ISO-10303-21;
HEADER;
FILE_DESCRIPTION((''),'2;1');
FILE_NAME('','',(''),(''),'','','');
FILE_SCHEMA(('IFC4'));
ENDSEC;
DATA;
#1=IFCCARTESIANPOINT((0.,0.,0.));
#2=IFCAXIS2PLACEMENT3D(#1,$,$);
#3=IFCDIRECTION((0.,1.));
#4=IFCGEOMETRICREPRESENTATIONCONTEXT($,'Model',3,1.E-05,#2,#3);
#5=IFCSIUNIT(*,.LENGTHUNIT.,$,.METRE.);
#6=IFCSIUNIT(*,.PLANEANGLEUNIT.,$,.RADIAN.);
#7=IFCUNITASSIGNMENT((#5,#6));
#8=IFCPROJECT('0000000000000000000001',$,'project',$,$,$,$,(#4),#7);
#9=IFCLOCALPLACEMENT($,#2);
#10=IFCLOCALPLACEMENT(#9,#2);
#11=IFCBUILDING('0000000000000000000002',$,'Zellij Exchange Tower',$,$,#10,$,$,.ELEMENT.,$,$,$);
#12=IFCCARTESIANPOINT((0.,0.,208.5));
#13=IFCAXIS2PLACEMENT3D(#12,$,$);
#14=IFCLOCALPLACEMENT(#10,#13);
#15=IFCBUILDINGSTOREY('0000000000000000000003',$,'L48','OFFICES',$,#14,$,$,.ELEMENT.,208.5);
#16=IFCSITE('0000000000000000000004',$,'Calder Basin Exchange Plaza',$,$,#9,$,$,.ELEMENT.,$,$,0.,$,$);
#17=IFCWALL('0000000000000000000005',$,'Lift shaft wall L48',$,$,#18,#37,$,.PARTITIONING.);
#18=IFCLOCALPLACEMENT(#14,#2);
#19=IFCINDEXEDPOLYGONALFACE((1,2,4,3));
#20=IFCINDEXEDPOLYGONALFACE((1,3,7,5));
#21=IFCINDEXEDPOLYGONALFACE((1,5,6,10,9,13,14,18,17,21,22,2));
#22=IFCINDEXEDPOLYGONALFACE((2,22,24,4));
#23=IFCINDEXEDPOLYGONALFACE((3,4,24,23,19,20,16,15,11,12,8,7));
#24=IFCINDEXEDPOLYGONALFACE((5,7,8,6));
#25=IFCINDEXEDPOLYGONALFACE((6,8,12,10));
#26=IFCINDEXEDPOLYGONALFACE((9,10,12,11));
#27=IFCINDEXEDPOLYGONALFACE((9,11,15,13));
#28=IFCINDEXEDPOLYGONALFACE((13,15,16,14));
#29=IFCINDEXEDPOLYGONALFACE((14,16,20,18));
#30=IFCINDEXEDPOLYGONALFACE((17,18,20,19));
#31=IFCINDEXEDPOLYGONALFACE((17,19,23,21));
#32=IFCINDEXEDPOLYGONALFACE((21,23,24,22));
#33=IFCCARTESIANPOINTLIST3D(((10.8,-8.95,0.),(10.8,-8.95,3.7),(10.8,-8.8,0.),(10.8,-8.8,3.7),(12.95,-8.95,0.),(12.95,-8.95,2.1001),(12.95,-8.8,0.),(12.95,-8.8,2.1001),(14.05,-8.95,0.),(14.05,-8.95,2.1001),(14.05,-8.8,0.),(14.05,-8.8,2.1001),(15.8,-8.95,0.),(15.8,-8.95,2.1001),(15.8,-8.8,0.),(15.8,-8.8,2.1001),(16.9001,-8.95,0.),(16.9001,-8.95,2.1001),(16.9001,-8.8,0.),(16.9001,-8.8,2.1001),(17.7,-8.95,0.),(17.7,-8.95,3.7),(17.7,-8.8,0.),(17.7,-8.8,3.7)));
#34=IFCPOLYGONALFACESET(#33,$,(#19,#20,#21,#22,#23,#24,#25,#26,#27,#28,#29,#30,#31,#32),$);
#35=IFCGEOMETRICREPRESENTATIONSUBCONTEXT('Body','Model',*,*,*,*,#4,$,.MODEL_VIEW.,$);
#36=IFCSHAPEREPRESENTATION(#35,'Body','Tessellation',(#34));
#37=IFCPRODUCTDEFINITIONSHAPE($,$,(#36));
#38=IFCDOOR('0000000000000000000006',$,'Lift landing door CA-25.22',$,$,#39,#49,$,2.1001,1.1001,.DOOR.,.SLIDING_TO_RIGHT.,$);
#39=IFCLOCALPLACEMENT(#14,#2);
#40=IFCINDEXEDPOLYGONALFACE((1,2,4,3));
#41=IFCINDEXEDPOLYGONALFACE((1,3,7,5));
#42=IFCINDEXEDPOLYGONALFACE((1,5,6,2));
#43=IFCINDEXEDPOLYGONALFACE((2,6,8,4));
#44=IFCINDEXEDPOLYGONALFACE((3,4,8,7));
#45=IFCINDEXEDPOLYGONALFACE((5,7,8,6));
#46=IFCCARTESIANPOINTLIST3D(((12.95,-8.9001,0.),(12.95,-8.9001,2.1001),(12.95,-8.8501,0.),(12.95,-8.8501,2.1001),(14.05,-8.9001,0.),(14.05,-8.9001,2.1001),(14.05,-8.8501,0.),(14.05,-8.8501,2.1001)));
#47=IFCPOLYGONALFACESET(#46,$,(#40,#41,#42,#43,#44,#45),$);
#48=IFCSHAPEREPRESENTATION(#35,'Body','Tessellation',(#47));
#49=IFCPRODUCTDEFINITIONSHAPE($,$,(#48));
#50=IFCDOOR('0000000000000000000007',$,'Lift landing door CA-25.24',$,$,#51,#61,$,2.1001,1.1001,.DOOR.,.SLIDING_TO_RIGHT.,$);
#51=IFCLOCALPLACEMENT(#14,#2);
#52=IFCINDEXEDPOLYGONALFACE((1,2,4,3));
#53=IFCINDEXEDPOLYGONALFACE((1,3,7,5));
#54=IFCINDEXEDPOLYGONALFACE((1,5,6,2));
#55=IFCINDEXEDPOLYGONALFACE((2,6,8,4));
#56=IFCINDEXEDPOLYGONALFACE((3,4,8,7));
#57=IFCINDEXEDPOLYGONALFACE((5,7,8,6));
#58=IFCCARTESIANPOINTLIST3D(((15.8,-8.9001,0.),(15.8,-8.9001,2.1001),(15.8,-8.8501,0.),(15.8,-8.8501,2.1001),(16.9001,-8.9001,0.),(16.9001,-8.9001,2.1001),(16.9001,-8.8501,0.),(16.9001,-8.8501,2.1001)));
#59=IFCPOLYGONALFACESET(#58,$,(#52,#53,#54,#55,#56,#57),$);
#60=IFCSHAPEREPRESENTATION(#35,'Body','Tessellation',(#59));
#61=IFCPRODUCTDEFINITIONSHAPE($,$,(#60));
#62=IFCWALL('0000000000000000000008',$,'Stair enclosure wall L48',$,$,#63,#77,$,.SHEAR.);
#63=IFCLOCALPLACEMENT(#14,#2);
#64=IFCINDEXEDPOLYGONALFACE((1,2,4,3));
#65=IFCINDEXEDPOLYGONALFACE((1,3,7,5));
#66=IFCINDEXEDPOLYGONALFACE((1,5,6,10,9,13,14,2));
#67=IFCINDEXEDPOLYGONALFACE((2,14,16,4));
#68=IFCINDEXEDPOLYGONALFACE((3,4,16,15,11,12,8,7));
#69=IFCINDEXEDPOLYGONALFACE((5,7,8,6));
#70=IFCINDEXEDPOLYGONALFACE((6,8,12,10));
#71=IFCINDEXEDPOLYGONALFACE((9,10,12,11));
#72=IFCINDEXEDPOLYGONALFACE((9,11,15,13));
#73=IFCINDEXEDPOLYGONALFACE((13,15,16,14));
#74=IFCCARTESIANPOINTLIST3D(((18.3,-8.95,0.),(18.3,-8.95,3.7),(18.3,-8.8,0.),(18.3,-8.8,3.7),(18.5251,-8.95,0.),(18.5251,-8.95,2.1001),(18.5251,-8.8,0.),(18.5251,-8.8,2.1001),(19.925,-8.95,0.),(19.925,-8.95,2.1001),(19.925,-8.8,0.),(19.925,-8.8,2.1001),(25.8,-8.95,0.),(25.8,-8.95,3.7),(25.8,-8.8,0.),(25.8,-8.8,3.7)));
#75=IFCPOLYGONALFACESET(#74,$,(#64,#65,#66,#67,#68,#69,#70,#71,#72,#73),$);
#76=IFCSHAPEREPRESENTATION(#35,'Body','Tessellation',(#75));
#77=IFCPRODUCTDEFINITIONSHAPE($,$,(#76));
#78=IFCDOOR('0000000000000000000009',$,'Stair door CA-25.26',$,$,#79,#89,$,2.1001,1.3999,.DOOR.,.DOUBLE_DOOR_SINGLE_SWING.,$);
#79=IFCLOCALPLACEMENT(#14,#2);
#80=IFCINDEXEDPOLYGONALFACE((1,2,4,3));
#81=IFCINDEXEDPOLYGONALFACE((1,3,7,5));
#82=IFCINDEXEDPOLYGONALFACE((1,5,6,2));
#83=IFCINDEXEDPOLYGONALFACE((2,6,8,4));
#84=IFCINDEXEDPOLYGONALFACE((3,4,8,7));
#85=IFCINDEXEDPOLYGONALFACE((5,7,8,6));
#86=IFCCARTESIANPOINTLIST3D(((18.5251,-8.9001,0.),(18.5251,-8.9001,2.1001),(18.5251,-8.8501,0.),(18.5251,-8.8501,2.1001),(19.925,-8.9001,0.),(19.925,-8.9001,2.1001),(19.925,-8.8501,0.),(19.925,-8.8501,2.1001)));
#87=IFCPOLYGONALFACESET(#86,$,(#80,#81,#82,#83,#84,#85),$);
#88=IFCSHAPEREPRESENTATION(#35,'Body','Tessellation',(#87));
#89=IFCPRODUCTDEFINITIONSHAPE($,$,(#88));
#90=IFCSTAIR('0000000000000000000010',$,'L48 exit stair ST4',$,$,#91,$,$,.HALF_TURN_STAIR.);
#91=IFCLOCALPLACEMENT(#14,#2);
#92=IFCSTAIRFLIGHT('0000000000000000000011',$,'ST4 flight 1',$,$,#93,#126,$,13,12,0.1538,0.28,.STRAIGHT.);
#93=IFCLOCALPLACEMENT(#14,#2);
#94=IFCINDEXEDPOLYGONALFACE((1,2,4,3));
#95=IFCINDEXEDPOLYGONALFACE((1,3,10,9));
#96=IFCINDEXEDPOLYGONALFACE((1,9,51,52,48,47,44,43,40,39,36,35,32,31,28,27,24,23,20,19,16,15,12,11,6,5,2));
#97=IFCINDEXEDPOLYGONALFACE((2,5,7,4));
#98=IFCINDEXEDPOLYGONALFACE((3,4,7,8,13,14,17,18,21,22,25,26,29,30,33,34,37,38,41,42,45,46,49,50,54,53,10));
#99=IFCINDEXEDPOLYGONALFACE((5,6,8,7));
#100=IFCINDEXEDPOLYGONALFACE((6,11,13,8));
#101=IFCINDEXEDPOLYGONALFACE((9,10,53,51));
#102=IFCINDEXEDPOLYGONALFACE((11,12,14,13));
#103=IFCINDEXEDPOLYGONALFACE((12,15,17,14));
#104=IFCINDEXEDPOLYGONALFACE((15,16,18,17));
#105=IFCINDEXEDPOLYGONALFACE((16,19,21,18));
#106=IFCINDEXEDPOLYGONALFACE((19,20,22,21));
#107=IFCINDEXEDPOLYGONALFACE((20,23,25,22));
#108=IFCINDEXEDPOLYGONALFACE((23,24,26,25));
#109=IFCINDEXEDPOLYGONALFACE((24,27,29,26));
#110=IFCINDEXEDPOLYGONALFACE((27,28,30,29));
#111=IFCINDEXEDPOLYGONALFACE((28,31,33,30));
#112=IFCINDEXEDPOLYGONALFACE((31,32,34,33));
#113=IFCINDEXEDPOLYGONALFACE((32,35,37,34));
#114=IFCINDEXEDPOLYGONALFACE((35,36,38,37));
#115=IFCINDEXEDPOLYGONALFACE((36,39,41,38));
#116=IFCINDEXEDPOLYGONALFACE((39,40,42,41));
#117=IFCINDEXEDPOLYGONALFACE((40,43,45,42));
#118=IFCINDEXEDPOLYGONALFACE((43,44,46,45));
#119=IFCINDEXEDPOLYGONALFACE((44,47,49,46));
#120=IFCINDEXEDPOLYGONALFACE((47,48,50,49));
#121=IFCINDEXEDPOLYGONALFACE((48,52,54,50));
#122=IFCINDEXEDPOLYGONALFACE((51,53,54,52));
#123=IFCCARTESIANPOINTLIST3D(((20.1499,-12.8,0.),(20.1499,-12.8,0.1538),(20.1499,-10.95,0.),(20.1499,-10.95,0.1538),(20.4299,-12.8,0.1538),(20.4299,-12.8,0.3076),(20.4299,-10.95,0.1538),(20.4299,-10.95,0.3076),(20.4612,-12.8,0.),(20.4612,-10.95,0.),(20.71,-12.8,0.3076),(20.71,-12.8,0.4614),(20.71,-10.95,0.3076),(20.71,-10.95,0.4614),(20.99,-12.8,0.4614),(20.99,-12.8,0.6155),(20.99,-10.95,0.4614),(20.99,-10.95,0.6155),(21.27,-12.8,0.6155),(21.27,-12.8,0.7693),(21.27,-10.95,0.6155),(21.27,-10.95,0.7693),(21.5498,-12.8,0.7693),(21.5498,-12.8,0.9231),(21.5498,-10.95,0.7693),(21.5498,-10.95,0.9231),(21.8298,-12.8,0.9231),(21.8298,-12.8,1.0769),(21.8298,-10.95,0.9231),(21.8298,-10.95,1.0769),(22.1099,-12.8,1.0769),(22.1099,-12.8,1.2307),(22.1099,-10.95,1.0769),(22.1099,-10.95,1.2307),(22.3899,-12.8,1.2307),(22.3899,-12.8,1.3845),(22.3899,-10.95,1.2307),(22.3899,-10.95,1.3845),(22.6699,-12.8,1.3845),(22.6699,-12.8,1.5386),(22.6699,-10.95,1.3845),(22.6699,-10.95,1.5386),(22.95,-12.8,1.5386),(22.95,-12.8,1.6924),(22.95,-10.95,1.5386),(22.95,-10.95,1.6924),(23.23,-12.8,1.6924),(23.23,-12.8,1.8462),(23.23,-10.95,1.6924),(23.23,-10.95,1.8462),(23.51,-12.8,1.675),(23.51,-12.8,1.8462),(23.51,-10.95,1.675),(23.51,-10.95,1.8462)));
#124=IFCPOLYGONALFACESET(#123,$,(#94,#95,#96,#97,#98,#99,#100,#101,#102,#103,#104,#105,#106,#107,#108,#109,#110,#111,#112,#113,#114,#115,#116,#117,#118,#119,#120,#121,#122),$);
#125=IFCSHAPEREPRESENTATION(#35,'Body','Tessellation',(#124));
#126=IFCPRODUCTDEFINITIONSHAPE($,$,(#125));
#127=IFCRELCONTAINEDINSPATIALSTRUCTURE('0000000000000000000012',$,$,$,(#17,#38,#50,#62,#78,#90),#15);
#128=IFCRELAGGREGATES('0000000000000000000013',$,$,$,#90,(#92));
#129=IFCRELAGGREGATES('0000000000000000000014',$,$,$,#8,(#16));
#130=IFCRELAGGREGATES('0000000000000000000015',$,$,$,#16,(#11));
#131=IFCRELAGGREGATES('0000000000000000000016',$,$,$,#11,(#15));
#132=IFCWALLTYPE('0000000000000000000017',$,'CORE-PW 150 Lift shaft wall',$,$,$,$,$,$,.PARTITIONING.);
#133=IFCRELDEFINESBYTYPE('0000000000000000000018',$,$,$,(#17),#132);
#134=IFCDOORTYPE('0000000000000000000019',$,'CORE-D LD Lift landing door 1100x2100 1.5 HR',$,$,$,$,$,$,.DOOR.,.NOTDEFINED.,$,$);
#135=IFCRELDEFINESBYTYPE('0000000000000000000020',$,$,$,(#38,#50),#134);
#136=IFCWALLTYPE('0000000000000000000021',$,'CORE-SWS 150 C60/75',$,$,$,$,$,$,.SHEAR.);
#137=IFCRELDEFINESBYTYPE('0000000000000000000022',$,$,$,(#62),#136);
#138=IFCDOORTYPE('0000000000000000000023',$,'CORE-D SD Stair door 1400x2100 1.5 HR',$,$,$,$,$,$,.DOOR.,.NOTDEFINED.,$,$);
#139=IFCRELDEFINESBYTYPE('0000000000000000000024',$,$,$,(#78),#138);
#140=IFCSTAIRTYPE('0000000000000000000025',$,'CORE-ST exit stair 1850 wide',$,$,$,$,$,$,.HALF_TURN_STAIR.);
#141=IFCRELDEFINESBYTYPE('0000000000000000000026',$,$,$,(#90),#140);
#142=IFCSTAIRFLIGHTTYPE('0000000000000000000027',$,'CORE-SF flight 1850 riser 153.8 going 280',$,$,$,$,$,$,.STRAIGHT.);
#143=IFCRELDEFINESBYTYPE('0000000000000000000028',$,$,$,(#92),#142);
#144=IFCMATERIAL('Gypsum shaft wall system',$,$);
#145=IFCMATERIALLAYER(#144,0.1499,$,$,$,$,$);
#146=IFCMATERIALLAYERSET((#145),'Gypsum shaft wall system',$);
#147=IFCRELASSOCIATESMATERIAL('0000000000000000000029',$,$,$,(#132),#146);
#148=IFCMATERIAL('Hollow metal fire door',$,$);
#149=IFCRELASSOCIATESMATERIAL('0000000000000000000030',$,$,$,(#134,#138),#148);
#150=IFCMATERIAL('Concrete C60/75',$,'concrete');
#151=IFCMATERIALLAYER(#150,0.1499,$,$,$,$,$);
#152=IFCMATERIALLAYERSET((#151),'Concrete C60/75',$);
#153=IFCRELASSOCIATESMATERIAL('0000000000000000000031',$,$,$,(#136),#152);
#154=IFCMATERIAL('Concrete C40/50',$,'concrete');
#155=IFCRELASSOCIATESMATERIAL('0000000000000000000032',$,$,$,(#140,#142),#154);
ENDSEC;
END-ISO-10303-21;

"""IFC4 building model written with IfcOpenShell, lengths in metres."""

from ifc_helpers import new_model, si_unit, direction, frame, frame_2d, origin, place, context, subcontext, project, spatial, polyline, rectangle, outline, extrude, material, layer, layer_set, type_object, element, fill, aggregate, save


model = new_model("IFC4")

# Units and contexts
model_context = context("Model", 3, precision=1e-05, world=origin(), true_north=direction((0.0, 1.0)))
body_context = subcontext(model_context, "Body", "Model", "MODEL_VIEW")
ifc_project = project(units=[si_unit("LENGTHUNIT", "METRE"), si_unit("PLANEANGLEUNIT", "RADIAN")], contexts=[model_context])

# Site, building, storey
site_placement = place(None, origin())
site = spatial("IfcSite", under=ifc_project, at=site_placement, Name="Calder Basin Exchange Plaza", CompositionType="ELEMENT", RefElevation=0.0)
building_placement = place(site_placement, origin())
building = spatial("IfcBuilding", under=site, at=building_placement, Name="Zellij Exchange Tower", CompositionType="ELEMENT")
storey_placement = place(building_placement, frame((0.0, 0.0, 208.5)))
storey = spatial("IfcBuildingStorey", under=building, at=storey_placement, Name="L48", Description="OFFICES", CompositionType="ELEMENT", Elevation=208.5)

# Shared definitions
ifc_material_1 = material(Name="Concrete C60/75", Category="concrete")

# Shared definitions
ifc_material_2 = material(Name="Hollow metal fire door")

# Shared definitions
ifc_material_3 = material(Name="Gypsum shaft wall system")
ifc_layer_1 = layer(ifc_material_3, 0.1499)
ifc_layer_set_1 = layer_set([ifc_layer_1], Name="Gypsum shaft wall system")
wall_type_1 = type_object("IfcWallType", Name="CORE-PW 150 Lift shaft wall", PredefinedType="PARTITIONING", material=ifc_layer_set_1)

# Wall, openings, doors
door_type_1 = type_object("IfcDoorType", Name="CORE-D LD Lift landing door 1100x2100 1.5 HR", OperationType="NOTDEFINED", PredefinedType="DOOR", material=ifc_material_2)
wall_1_placement = place(storey_placement, frame((10.8, -8.875, 0.0), z_axis=(0.0, 0.0, 1.0), x_axis=(1.0, 0.0, 0.0)))
wall_1 = element("IfcWall", 1, at=wall_1_placement, inside=storey, type_object=wall_type_1, Name="Lift shaft wall L48", PredefinedType="PARTITIONING", context=body_context, shape_type="SweptSolid", body=[
    extrude(rectangle(XDim=6.8999, YDim=0.1499, at=frame_2d((3.45, 0.0))), origin(), (0.0, 0.0, 1.0), 3.7),
])
opening_1_placement = place(wall_1_placement, frame((2.1499, 0.0, 0.0)))
opening_1 = element("IfcOpeningElement", 2, at=opening_1_placement, cuts=wall_1, PredefinedType="OPENING", context=body_context, shape_type="SweptSolid", body=[
    extrude(rectangle(XDim=1.1001, YDim=2.1001, at=frame_2d((0.55, 1.05))), frame((0.0, 0.0869, 0.0), z_axis=(0.0, -1.0, 0.0), x_axis=(1.0, 0.0, 0.0)), (0.0, 0.0, 1.0), 0.1738),
])
opening_2_placement = place(wall_1_placement, frame((5.0, 0.0, 0.0)))
opening_2 = element("IfcOpeningElement", 3, at=opening_2_placement, cuts=wall_1, PredefinedType="OPENING", context=body_context, shape_type="SweptSolid", body=[
    extrude(rectangle(XDim=1.1001, YDim=2.1001, at=frame_2d((0.55, 1.05))), frame((0.0, 0.0869, 0.0), z_axis=(0.0, -1.0, 0.0), x_axis=(1.0, 0.0, 0.0)), (0.0, 0.0, 1.0), 0.1738),
])
door_1_placement = place(opening_1_placement, origin())
door_1 = element("IfcDoor", 4, at=door_1_placement, inside=storey, type_object=door_type_1, Name="Lift landing door CA-25.22", OperationType="SLIDING_TO_RIGHT", OverallHeight=2.1001, OverallWidth=1.1001, PredefinedType="DOOR", context=body_context, shape_type="SweptSolid", body=[
    extrude(rectangle(XDim=1.1001, YDim=2.1001, at=frame_2d((0.55, 1.05))), frame((0.0, 0.0249, 0.0), z_axis=(0.0, -1.0, 0.0), x_axis=(1.0, 0.0, 0.0)), (0.0, 0.0, 1.0), 0.05),
])
fill(opening_1, door_1)
door_2_placement = place(opening_2_placement, origin())
door_2 = element("IfcDoor", 5, at=door_2_placement, inside=storey, type_object=door_type_1, Name="Lift landing door CA-25.24", OperationType="SLIDING_TO_RIGHT", OverallHeight=2.1001, OverallWidth=1.1001, PredefinedType="DOOR", context=body_context, shape_type="SweptSolid", body=[
    extrude(rectangle(XDim=1.1001, YDim=2.1001, at=frame_2d((0.55, 1.05))), frame((0.0, 0.0249, 0.0), z_axis=(0.0, -1.0, 0.0), x_axis=(1.0, 0.0, 0.0)), (0.0, 0.0, 1.0), 0.05),
])
fill(opening_2, door_2)

# Wall, opening, door
ifc_layer_2 = layer(ifc_material_1, 0.1499)
ifc_layer_set_2 = layer_set([ifc_layer_2], Name="Concrete C60/75")
wall_type_2 = type_object("IfcWallType", Name="CORE-SWS 150 C60/75", PredefinedType="SHEAR", material=ifc_layer_set_2)
wall_2_placement = place(storey_placement, frame((18.3, -8.875, 0.0), z_axis=(0.0, 0.0, 1.0), x_axis=(1.0, 0.0, 0.0)))
wall_2 = element("IfcWall", 6, at=wall_2_placement, inside=storey, type_object=wall_type_2, Name="Stair enclosure wall L48", PredefinedType="SHEAR", context=body_context, shape_type="SweptSolid", body=[
    extrude(rectangle(XDim=7.5, YDim=0.1499, at=frame_2d((3.75, 0.0))), origin(), (0.0, 0.0, 1.0), 3.7),
])
opening_3_placement = place(wall_2_placement, frame((0.2251, 0.0, 0.0)))
opening_3 = element("IfcOpeningElement", 7, at=opening_3_placement, cuts=wall_2, PredefinedType="OPENING", context=body_context, shape_type="SweptSolid", body=[
    extrude(rectangle(XDim=1.3999, YDim=2.1001, at=frame_2d((0.7, 1.05))), frame((0.0, 0.0869, 0.0), z_axis=(0.0, -1.0, 0.0), x_axis=(1.0, 0.0, 0.0)), (0.0, 0.0, 1.0), 0.1738),
])
door_type_2 = type_object("IfcDoorType", Name="CORE-D SD Stair door 1400x2100 1.5 HR", OperationType="NOTDEFINED", PredefinedType="DOOR", material=ifc_material_2)
door_3_placement = place(opening_3_placement, origin())
door_3 = element("IfcDoor", 8, at=door_3_placement, inside=storey, type_object=door_type_2, Name="Stair door CA-25.26", OperationType="DOUBLE_DOOR_SINGLE_SWING", OverallHeight=2.1001, OverallWidth=1.3999, PredefinedType="DOOR", context=body_context, shape_type="SweptSolid", body=[
    extrude(rectangle(XDim=1.3999, YDim=2.1001, at=frame_2d((0.7, 1.05))), frame((0.0, 0.0249, 0.0), z_axis=(0.0, -1.0, 0.0), x_axis=(1.0, 0.0, 0.0)), (0.0, 0.0, 1.0), 0.05),
])
fill(opening_3, door_3)

# Stair, stair flight
ifc_material_4 = material(Name="Concrete C40/50", Category="concrete")
stair_type = type_object("IfcStairType", Name="CORE-ST exit stair 1850 wide", PredefinedType="HALF_TURN_STAIR", material=ifc_material_4)
stair_placement = place(storey_placement, origin())
stair = element("IfcStair", 9, at=stair_placement, inside=storey, type_object=stair_type, Name="L48 exit stair ST4", PredefinedType="HALF_TURN_STAIR")
stair_flight_type = type_object("IfcStairFlightType", Name="CORE-SF flight 1850 riser 153.8 going 280", PredefinedType="STRAIGHT", material=ifc_material_4)
stair_flight_placement = place(storey_placement, frame((20.1499, -11.875, 0.0), z_axis=(0.0, 0.0, 1.0), x_axis=(1.0, 0.0, 0.0)))
stair_flight = element("IfcStairFlight", 10, at=stair_flight_placement, type_object=stair_flight_type, Name="ST4 flight 1", NumberOfRisers=13, NumberOfTreads=12, PredefinedType="STRAIGHT", RiserHeight=0.1538, TreadLength=0.28, context=body_context, shape_type="SweptSolid", body=[
    extrude(outline(polyline([(0.0, 0.0), (0.0, 0.1538), (0.28, 0.1538), (0.28, 0.3076), (0.5601, 0.3076), (0.5601, 0.4614), (0.8401, 0.4614), (0.8401, 0.6155), (1.1201, 0.6155), (1.1201, 0.7693), (1.3999, 0.7693), (1.3999, 0.9231), (1.6799, 0.9231), (1.6799, 1.0769), (1.96, 1.0769), (1.96, 1.2307), (2.24, 1.2307), (2.24, 1.3845), (2.52, 1.3845), (2.52, 1.5386), (2.8, 1.5386), (2.8, 1.6924), (3.0801, 1.6924), (3.0801, 1.8462), (3.3601, 1.8462), (3.3601, 2.0), (3.3601, 1.675), (0.3113, 0.0), (0.0, 0.0)])), frame((0.0, 0.925, 0.0), z_axis=(0.0, -1.0, 0.0), x_axis=(1.0, 0.0, 0.0)), (0.0, 0.0, 1.0), 1.8501),
])
aggregate(stair, [stair_flight])

save(model, "model.ifc")
